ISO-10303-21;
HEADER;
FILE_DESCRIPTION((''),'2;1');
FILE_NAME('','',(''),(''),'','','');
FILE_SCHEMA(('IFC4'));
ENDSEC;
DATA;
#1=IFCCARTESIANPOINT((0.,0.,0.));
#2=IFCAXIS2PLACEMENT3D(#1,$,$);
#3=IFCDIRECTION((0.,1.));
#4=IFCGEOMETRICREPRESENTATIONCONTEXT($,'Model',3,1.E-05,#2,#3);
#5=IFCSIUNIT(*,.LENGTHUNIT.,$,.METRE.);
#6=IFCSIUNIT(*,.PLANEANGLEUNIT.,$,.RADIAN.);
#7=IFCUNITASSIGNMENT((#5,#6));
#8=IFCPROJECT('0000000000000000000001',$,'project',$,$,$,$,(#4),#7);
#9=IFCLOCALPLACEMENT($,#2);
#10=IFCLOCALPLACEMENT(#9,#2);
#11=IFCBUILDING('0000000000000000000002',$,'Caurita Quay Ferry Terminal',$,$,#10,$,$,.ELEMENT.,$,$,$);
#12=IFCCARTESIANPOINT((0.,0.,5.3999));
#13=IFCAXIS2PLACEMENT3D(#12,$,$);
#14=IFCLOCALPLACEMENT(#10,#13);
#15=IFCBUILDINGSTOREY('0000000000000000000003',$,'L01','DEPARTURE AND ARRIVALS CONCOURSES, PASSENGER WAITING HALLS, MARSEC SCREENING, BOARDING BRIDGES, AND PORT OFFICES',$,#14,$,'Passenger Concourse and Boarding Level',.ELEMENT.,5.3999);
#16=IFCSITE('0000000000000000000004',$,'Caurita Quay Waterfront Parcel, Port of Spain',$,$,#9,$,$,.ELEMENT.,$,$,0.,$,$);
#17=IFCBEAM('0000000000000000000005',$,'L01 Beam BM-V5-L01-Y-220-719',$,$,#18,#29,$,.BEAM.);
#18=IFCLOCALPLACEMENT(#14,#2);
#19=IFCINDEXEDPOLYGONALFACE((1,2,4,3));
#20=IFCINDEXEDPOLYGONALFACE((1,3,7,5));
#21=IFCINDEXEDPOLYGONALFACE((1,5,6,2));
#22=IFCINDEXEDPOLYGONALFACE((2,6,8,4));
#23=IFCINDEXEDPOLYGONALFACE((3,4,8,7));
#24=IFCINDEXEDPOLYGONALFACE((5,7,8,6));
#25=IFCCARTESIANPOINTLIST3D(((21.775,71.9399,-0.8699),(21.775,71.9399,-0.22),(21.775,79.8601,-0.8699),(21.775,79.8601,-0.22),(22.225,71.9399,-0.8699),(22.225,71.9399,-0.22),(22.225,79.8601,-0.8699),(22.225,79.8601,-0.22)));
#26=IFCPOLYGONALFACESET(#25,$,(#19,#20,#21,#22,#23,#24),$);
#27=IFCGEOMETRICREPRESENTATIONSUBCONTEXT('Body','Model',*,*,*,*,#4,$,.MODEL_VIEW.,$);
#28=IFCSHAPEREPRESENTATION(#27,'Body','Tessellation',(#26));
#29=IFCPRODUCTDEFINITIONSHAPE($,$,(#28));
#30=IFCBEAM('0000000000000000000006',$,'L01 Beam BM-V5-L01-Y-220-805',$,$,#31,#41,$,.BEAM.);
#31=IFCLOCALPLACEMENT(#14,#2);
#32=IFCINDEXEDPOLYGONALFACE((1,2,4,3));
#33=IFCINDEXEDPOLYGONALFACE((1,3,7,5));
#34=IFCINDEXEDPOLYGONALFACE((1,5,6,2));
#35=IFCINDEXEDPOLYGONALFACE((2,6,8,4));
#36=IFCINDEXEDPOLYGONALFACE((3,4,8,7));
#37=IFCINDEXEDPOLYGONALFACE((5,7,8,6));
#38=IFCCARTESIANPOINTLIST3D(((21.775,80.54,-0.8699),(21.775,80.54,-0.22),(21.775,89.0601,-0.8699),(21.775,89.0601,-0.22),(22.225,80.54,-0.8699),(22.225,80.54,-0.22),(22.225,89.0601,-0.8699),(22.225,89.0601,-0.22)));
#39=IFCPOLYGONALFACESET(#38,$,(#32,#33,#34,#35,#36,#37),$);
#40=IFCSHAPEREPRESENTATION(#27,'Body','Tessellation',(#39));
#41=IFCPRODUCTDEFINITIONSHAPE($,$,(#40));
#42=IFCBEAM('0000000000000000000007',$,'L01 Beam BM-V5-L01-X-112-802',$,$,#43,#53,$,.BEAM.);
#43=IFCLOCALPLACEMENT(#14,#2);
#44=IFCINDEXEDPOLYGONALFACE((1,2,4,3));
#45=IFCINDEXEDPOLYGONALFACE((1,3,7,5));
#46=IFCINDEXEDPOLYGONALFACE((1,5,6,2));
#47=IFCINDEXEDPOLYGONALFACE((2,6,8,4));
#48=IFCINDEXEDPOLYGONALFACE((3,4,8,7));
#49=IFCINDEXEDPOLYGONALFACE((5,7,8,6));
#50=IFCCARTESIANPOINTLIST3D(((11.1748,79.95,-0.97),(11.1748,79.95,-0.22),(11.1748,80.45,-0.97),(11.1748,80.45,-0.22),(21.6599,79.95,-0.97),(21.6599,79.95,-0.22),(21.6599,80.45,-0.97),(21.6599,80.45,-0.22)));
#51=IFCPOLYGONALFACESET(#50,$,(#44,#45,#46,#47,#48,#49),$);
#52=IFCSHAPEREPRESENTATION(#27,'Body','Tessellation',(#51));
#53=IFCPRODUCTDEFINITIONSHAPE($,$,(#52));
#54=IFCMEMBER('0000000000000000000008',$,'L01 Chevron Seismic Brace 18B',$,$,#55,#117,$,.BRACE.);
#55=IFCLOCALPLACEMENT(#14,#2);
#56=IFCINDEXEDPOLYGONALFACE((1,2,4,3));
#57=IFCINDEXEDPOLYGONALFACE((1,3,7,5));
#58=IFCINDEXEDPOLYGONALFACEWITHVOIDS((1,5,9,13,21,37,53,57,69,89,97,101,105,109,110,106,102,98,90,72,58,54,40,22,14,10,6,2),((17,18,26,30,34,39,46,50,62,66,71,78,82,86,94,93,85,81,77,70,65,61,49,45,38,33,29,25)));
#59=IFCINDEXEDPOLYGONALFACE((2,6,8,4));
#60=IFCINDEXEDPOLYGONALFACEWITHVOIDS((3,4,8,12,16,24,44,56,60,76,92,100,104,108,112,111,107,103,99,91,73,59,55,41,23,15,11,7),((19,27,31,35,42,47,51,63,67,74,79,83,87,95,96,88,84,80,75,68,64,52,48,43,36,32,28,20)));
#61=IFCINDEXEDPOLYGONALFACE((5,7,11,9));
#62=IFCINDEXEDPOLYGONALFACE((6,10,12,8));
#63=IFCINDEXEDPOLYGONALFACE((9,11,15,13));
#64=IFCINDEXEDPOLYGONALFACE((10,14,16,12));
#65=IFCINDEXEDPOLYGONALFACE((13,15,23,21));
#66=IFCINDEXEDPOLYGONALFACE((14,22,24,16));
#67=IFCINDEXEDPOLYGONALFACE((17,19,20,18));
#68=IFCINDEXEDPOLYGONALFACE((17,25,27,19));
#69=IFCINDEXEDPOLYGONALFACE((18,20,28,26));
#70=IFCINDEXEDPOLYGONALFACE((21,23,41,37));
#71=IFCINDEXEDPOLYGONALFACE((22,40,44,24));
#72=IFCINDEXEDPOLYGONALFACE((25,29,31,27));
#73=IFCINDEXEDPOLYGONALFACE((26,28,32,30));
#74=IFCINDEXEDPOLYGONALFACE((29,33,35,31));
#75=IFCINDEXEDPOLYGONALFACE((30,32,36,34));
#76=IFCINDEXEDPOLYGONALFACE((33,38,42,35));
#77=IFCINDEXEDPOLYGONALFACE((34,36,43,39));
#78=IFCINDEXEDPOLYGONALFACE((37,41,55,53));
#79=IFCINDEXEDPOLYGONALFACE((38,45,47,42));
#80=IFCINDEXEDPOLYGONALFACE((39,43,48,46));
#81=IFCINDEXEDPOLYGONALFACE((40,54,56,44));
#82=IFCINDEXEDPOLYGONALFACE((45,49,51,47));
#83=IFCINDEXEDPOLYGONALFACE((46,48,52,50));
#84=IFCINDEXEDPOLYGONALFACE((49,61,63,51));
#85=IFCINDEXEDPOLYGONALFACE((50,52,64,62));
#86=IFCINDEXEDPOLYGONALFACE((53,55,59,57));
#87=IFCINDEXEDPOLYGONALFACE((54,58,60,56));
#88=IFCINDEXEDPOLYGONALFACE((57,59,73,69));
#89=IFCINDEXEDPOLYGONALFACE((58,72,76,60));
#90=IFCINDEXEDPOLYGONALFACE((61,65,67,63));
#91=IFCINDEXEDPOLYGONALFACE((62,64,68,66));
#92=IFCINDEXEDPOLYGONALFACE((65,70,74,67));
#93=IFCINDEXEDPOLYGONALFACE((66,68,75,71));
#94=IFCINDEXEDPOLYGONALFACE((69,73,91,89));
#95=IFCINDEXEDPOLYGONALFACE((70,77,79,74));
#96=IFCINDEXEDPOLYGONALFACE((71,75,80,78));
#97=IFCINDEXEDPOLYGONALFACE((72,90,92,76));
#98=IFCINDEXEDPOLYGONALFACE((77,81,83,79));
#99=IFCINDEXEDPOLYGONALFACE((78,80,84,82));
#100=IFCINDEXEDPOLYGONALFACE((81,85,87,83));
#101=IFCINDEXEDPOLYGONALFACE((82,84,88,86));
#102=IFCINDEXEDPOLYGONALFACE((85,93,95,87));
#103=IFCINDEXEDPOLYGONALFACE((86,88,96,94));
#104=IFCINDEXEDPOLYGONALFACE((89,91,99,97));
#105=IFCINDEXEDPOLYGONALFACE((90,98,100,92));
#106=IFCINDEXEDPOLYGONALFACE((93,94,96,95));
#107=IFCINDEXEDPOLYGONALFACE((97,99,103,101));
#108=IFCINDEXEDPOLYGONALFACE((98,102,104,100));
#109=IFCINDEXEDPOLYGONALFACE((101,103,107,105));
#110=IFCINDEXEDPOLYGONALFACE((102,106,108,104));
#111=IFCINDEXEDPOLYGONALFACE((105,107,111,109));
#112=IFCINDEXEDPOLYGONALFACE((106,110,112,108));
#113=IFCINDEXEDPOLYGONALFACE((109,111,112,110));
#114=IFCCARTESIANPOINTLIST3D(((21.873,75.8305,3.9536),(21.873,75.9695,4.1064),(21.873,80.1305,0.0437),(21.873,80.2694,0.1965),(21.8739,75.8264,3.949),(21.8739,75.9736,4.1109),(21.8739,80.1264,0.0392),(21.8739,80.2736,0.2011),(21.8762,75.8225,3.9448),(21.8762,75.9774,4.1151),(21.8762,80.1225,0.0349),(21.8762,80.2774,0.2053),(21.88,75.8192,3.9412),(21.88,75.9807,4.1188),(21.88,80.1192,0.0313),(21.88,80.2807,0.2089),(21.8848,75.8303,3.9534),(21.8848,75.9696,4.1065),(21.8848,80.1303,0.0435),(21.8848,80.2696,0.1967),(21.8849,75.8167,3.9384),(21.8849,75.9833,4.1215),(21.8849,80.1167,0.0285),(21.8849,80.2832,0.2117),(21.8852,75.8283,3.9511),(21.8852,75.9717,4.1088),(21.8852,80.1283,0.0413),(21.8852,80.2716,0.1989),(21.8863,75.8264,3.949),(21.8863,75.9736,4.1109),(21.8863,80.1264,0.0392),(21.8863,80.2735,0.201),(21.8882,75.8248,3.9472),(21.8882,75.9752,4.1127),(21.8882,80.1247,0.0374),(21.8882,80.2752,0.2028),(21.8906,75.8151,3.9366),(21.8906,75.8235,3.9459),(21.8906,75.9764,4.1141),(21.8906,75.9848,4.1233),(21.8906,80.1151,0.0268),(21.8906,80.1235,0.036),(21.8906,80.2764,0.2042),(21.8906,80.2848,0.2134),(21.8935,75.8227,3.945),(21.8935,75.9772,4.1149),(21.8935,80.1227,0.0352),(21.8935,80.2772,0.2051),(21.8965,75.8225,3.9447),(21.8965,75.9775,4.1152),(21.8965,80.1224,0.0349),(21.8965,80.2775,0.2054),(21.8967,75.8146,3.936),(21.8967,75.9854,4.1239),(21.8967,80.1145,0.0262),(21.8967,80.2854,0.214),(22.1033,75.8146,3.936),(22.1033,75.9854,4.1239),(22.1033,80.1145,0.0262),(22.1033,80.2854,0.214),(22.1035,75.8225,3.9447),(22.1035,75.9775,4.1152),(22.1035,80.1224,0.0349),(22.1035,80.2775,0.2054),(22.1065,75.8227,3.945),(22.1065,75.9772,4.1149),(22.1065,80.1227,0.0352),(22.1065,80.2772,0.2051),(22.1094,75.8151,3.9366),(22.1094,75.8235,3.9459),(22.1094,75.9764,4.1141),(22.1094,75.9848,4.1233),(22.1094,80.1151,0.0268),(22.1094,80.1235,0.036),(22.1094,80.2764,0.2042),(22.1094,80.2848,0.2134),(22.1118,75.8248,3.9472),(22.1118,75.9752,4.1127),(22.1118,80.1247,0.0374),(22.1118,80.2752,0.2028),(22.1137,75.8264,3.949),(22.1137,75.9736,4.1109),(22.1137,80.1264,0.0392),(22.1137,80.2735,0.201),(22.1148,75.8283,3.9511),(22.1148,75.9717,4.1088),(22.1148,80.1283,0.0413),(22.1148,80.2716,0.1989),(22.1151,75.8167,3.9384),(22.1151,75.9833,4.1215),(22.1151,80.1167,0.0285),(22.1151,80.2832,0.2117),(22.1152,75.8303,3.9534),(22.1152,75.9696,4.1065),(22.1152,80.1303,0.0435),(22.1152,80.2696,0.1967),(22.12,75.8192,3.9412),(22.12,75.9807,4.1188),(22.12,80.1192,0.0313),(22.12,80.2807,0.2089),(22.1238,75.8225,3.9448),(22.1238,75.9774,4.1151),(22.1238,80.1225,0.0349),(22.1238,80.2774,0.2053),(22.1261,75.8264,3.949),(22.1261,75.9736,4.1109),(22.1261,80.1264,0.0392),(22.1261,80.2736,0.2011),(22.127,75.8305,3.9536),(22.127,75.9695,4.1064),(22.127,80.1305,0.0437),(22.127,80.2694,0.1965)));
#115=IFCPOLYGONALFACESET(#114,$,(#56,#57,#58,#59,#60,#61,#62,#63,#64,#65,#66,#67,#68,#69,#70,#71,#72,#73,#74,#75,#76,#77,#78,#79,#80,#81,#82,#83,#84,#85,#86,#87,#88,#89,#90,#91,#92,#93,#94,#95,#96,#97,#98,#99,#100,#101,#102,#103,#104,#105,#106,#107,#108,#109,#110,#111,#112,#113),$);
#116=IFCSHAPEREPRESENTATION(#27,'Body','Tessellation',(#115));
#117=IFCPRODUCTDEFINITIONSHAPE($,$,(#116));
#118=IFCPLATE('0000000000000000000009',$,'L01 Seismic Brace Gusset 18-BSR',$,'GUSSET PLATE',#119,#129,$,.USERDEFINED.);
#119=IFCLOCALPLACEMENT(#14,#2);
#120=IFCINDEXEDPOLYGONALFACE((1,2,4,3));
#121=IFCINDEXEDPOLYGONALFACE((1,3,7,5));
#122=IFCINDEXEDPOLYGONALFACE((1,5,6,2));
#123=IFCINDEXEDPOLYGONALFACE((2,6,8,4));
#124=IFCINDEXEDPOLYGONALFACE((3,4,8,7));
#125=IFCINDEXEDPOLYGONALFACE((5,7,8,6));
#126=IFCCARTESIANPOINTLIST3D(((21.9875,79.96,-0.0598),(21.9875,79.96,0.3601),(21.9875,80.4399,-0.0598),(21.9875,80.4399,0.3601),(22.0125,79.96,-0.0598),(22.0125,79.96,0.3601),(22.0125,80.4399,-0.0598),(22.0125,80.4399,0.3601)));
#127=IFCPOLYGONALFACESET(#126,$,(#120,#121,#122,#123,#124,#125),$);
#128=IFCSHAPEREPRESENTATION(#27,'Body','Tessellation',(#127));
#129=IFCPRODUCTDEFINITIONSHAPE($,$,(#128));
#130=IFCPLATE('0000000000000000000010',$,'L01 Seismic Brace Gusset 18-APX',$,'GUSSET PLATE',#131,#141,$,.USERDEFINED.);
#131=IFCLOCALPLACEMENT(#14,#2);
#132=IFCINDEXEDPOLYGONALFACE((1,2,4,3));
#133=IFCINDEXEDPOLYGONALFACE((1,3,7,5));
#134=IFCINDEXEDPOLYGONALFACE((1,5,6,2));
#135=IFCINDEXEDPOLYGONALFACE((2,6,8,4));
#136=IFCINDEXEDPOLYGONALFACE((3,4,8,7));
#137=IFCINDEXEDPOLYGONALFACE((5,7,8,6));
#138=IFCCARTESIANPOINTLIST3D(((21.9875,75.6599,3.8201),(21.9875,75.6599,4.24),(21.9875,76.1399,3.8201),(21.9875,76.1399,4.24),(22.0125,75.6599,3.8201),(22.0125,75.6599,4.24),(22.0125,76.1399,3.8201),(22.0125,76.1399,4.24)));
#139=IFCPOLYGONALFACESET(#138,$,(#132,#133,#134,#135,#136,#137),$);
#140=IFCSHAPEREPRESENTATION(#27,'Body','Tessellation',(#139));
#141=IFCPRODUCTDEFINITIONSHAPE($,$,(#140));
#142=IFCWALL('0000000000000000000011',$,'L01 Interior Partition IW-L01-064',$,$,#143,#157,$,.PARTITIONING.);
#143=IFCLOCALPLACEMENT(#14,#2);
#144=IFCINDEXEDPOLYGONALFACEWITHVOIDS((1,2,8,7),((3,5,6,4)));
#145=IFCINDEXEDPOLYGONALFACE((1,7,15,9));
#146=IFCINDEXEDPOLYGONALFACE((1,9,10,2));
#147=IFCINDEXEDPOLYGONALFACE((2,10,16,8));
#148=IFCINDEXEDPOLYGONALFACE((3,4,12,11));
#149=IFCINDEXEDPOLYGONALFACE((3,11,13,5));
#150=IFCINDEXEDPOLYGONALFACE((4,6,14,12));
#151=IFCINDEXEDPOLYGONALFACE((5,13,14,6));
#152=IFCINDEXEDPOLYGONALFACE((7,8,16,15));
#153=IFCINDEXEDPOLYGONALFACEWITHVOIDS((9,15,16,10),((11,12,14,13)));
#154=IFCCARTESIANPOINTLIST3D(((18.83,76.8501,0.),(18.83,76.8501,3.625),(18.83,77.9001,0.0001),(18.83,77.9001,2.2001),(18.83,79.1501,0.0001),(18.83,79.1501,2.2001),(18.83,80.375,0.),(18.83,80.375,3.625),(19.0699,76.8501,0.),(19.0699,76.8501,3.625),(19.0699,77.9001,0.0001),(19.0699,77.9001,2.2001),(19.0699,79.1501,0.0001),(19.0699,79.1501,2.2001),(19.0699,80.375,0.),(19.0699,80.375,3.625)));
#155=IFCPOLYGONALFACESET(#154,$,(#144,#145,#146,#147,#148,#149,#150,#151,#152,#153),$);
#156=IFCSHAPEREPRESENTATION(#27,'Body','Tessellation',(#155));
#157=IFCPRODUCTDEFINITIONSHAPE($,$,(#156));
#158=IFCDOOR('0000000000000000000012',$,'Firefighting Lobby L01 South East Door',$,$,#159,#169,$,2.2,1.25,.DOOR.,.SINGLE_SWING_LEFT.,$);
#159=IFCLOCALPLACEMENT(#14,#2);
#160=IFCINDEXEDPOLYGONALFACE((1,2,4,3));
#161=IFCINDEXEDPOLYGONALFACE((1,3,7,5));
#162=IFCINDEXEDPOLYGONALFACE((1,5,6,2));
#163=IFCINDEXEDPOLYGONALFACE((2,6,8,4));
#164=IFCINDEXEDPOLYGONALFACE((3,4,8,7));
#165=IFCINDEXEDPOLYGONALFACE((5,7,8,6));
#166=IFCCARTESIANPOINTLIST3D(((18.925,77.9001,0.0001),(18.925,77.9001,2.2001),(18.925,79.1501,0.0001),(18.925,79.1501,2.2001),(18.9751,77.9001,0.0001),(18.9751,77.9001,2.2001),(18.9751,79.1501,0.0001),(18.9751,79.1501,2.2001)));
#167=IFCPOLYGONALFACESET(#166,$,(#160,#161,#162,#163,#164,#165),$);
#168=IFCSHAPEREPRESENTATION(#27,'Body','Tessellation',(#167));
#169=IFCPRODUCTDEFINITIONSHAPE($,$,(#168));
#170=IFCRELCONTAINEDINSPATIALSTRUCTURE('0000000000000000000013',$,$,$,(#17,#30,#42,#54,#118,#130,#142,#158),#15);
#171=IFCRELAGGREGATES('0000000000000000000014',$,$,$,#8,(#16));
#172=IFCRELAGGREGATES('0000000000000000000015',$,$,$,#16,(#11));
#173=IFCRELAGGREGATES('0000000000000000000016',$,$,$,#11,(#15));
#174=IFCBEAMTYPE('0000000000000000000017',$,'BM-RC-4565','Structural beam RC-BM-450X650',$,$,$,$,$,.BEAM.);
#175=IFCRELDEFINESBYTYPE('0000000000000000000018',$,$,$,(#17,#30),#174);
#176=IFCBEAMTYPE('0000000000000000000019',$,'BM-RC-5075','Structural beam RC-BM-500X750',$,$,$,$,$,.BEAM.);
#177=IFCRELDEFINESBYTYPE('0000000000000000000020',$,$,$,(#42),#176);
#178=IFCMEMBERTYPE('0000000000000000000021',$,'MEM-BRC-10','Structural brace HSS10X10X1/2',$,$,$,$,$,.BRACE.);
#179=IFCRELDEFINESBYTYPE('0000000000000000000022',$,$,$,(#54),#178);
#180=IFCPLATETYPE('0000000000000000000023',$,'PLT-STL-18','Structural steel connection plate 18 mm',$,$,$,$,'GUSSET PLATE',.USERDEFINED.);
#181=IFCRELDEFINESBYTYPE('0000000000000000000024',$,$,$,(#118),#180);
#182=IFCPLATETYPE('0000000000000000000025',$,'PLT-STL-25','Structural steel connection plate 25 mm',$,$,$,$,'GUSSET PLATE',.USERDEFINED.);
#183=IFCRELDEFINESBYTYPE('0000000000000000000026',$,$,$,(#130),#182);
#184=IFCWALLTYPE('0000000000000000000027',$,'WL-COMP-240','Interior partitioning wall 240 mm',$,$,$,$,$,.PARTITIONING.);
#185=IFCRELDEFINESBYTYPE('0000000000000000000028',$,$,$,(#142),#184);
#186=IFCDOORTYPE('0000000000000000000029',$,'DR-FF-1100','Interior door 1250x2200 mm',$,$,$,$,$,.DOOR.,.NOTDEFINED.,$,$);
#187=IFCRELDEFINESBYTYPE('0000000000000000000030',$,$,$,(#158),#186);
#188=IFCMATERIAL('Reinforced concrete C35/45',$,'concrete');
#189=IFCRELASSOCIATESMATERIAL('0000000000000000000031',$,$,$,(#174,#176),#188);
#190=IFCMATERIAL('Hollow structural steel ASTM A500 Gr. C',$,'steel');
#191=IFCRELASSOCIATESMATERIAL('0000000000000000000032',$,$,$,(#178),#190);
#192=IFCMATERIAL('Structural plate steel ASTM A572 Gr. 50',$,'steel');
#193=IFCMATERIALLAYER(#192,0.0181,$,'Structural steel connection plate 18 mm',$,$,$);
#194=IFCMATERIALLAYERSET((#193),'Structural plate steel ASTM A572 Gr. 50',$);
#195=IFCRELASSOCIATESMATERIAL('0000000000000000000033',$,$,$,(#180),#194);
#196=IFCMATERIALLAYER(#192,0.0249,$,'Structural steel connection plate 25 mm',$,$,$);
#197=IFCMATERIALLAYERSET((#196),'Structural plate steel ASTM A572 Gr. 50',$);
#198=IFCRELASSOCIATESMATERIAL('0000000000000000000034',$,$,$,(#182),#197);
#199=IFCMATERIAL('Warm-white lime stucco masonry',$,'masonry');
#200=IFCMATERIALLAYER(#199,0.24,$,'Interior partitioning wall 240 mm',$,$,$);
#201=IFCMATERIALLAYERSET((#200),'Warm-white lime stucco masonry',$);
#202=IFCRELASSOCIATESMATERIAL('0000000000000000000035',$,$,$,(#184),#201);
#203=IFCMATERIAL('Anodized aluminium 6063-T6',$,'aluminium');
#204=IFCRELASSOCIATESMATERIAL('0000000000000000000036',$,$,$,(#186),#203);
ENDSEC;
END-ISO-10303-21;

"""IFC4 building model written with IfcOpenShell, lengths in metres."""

from ifc_helpers import new_model, si_unit, direction, frame, frame_2d, origin, origin_2d, place, context, subcontext, project, spatial, rectangle, hollow_rectangle, extrude, material, layer, layer_set, material_profile, profile_set, type_object, element, fill, save


model = new_model("IFC4")

# Units and contexts
model_context = context("Model", 3, precision=1e-05, world=origin(), true_north=direction((0.0, 1.0)))
body_context = subcontext(model_context, "Body", "Model", "MODEL_VIEW")
ifc_project = project(units=[si_unit("LENGTHUNIT", "METRE"), si_unit("PLANEANGLEUNIT", "RADIAN")], contexts=[model_context])

# Site, building, storey
site_placement = place(None, origin())
site = spatial("IfcSite", under=ifc_project, at=site_placement, Name="Caurita Quay Waterfront Parcel, Port of Spain", CompositionType="ELEMENT", RefElevation=0.0)
building_placement = place(site_placement, origin())
building = spatial("IfcBuilding", under=site, at=building_placement, Name="Caurita Quay Ferry Terminal", CompositionType="ELEMENT")
storey_placement = place(building_placement, frame((0.0, 0.0, 5.3999)))
storey = spatial("IfcBuildingStorey", under=building, at=storey_placement, Name="L01", Description="DEPARTURE AND ARRIVALS CONCOURSES, PASSENGER WAITING HALLS, MARSEC SCREENING, BOARDING BRIDGES, AND PORT OFFICES", LongName="Passenger Concourse and Boarding Level", CompositionType="ELEMENT", Elevation=5.3999)

# Shared definitions
ifc_material_1 = material(Name="Reinforced concrete C35/45", Category="concrete")

# Beams
ifc_material_profile_1 = material_profile(ifc_material_1, rectangle(XDim=0.45, YDim=0.6499, at=origin_2d()), Name="RC-BM-450X650")
ifc_profile_set_1 = profile_set([ifc_material_profile_1], Name="Reinforced concrete C35/45")
beam_type_1 = type_object("IfcBeamType", Name="BM-RC-4565", Description="Structural beam RC-BM-450X650", PredefinedType="BEAM", material=ifc_profile_set_1)
beam_1_placement = place(storey_placement, frame((22.0, 71.9399, -0.5449), z_axis=(0.0, 1.0, 0.0), x_axis=(-1.0, 0.0, 0.0)))
element("IfcBeam", 1, at=beam_1_placement, inside=storey, type_object=beam_type_1, Name="L01 Beam BM-V5-L01-Y-220-719", PredefinedType="BEAM", context=body_context, shape_type="SweptSolid", body=[
    extrude(rectangle(XDim=0.45, YDim=0.6499, at=origin_2d()), origin(), (0.0, 0.0, 1.0), 7.9202),
])
beam_2_placement = place(storey_placement, frame((22.0, 80.54, -0.5449), z_axis=(0.0, 1.0, 0.0), x_axis=(-1.0, 0.0, 0.0)))
element("IfcBeam", 2, at=beam_2_placement, inside=storey, type_object=beam_type_1, Name="L01 Beam BM-V5-L01-Y-220-805", PredefinedType="BEAM", context=body_context, shape_type="SweptSolid", body=[
    extrude(rectangle(XDim=0.45, YDim=0.6499, at=origin_2d()), origin(), (0.0, 0.0, 1.0), 8.52),
])
ifc_material_profile_2 = material_profile(ifc_material_1, rectangle(XDim=0.5, YDim=0.75, at=origin_2d()), Name="RC-BM-500X750")
ifc_profile_set_2 = profile_set([ifc_material_profile_2], Name="Reinforced concrete C35/45")
beam_type_2 = type_object("IfcBeamType", Name="BM-RC-5075", Description="Structural beam RC-BM-500X750", PredefinedType="BEAM", material=ifc_profile_set_2)
beam_3_placement = place(storey_placement, frame((11.1748, 80.2, -0.595), z_axis=(1.0, 0.0, 0.0), x_axis=(0.0, 1.0, 0.0)))
element("IfcBeam", 3, at=beam_3_placement, inside=storey, type_object=beam_type_2, Name="L01 Beam BM-V5-L01-X-112-802", PredefinedType="BEAM", context=body_context, shape_type="SweptSolid", body=[
    extrude(rectangle(XDim=0.5, YDim=0.75, at=origin_2d()), origin(), (0.0, 0.0, 1.0), 10.4851),
])

# Member
ifc_material_2 = material(Name="Hollow structural steel ASTM A500 Gr. C", Category="steel")
ifc_material_profile_3 = material_profile(ifc_material_2, hollow_rectangle(XDim=0.2539, YDim=0.2539, WallThickness=0.0117, InnerFilletRadius=0.0117, OuterFilletRadius=0.0237, at=origin_2d()), Name="HSS10X10X1/2")
ifc_profile_set_3 = profile_set([ifc_material_profile_3], Name="Hollow structural steel ASTM A500 Gr. C")
member_type = type_object("IfcMemberType", Name="MEM-BRC-10", Description="Structural brace HSS10X10X1/2", PredefinedType="BRACE", material=ifc_profile_set_3)
member_placement = place(storey_placement, frame((22.0, 80.2, 0.1201), z_axis=(0.0, -0.739874, 0.672746), x_axis=(1.0, 0.0, 0.0)))
element("IfcMember", 4, at=member_placement, inside=storey, type_object=member_type, Name="L01 Chevron Seismic Brace 18B", PredefinedType="BRACE", context=body_context, shape_type="SweptSolid", body=[
    extrude(hollow_rectangle(XDim=0.2539, YDim=0.2539, WallThickness=0.0117, InnerFilletRadius=0.0117, OuterFilletRadius=0.0237, at=origin_2d()), origin(), (0.0, 0.0, 1.0), 5.8118),
])

# Plates
ifc_material_3 = material(Name="Structural plate steel ASTM A572 Gr. 50", Category="steel")
ifc_layer_1 = layer(ifc_material_3, 0.0181, Name="Structural steel connection plate 18 mm")
ifc_layer_set_1 = layer_set([ifc_layer_1], Name="Structural plate steel ASTM A572 Gr. 50")
plate_type_1 = type_object("IfcPlateType", Name="PLT-STL-18", Description="Structural steel connection plate 18 mm", ElementType="GUSSET PLATE", PredefinedType="USERDEFINED", material=ifc_layer_set_1)
plate_1_placement = place(storey_placement, frame((22.0, 80.2, -0.0598), z_axis=(0.0, 0.0, 1.0), x_axis=(0.0, 1.0, 0.0)))
element("IfcPlate", 5, at=plate_1_placement, inside=storey, type_object=plate_type_1, Name="L01 Seismic Brace Gusset 18-BSR", ObjectType="GUSSET PLATE", PredefinedType="USERDEFINED", context=body_context, shape_type="SweptSolid", body=[
    extrude(rectangle(XDim=0.48, YDim=0.0249, at=origin_2d()), origin(), (0.0, 0.0, 1.0), 0.4199),
])
ifc_layer_2 = layer(ifc_material_3, 0.0249, Name="Structural steel connection plate 25 mm")
ifc_layer_set_2 = layer_set([ifc_layer_2], Name="Structural plate steel ASTM A572 Gr. 50")
plate_type_2 = type_object("IfcPlateType", Name="PLT-STL-25", Description="Structural steel connection plate 25 mm", ElementType="GUSSET PLATE", PredefinedType="USERDEFINED", material=ifc_layer_set_2)
plate_2_placement = place(storey_placement, frame((22.0, 75.8999, 3.8201), z_axis=(0.0, 0.0, 1.0), x_axis=(0.0, 1.0, 0.0)))
element("IfcPlate", 6, at=plate_2_placement, inside=storey, type_object=plate_type_2, Name="L01 Seismic Brace Gusset 18-APX", ObjectType="GUSSET PLATE", PredefinedType="USERDEFINED", context=body_context, shape_type="SweptSolid", body=[
    extrude(rectangle(XDim=0.48, YDim=0.0249, at=origin_2d()), origin(), (0.0, 0.0, 1.0), 0.4199),
])

# Wall, opening, door
ifc_material_4 = material(Name="Warm-white lime stucco masonry", Category="masonry")
ifc_layer_3 = layer(ifc_material_4, 0.24, Name="Interior partitioning wall 240 mm")
ifc_layer_set_3 = layer_set([ifc_layer_3], Name="Warm-white lime stucco masonry")
wall_type_1 = type_object("IfcWallType", Name="WL-COMP-240", Description="Interior partitioning wall 240 mm", PredefinedType="PARTITIONING", material=ifc_layer_set_3)
wall_1_placement = place(storey_placement, frame((18.95, 76.8501, 0.0), z_axis=(0.0, 0.0, 1.0), x_axis=(0.0, 1.0, 0.0)))
wall_1 = element("IfcWall", 7, at=wall_1_placement, inside=storey, type_object=wall_type_1, Name="L01 Interior Partition IW-L01-064", PredefinedType="PARTITIONING", context=body_context, shape_type="SweptSolid", body=[
    extrude(rectangle(XDim=3.5249, YDim=0.24, at=frame_2d((1.7625, 0.0))), origin(), (0.0, 0.0, 1.0), 3.625),
])
opening_1_placement = place(wall_1_placement, frame((1.05, 0.0, 0.0)))
opening_1 = element("IfcOpeningElement", 8, at=opening_1_placement, cuts=wall_1, PredefinedType="OPENING", context=body_context, shape_type="SweptSolid", body=[
    extrude(rectangle(XDim=1.25, YDim=2.2, at=frame_2d((0.625, 1.1001))), frame((0.0, 0.1299, 0.0), z_axis=(0.0, -1.0, 0.0), x_axis=(1.0, 0.0, 0.0)), (0.0, 0.0, 1.0), 0.26),
])
ifc_material_5 = material(Name="Anodized aluminium 6063-T6", Category="aluminium")
door_type_1 = type_object("IfcDoorType", Name="DR-FF-1100", Description="Interior door 1250x2200 mm", OperationType="NOTDEFINED", PredefinedType="DOOR", material=ifc_material_5)
door_1_placement = place(opening_1_placement, origin())
door_1 = element("IfcDoor", 9, at=door_1_placement, inside=storey, type_object=door_type_1, Name="Firefighting Lobby L01 South East Door", OperationType="SINGLE_SWING_LEFT", OverallHeight=2.2, OverallWidth=1.25, PredefinedType="DOOR", context=body_context, shape_type="SweptSolid", body=[
    extrude(rectangle(XDim=1.25, YDim=2.2, at=frame_2d((0.625, 1.1001))), frame((0.0, 0.0249, 0.0), z_axis=(0.0, -1.0, 0.0), x_axis=(1.0, 0.0, 0.0)), (0.0, 0.0, 1.0), 0.05),
])
fill(opening_1, door_1)

save(model, "model.ifc")
